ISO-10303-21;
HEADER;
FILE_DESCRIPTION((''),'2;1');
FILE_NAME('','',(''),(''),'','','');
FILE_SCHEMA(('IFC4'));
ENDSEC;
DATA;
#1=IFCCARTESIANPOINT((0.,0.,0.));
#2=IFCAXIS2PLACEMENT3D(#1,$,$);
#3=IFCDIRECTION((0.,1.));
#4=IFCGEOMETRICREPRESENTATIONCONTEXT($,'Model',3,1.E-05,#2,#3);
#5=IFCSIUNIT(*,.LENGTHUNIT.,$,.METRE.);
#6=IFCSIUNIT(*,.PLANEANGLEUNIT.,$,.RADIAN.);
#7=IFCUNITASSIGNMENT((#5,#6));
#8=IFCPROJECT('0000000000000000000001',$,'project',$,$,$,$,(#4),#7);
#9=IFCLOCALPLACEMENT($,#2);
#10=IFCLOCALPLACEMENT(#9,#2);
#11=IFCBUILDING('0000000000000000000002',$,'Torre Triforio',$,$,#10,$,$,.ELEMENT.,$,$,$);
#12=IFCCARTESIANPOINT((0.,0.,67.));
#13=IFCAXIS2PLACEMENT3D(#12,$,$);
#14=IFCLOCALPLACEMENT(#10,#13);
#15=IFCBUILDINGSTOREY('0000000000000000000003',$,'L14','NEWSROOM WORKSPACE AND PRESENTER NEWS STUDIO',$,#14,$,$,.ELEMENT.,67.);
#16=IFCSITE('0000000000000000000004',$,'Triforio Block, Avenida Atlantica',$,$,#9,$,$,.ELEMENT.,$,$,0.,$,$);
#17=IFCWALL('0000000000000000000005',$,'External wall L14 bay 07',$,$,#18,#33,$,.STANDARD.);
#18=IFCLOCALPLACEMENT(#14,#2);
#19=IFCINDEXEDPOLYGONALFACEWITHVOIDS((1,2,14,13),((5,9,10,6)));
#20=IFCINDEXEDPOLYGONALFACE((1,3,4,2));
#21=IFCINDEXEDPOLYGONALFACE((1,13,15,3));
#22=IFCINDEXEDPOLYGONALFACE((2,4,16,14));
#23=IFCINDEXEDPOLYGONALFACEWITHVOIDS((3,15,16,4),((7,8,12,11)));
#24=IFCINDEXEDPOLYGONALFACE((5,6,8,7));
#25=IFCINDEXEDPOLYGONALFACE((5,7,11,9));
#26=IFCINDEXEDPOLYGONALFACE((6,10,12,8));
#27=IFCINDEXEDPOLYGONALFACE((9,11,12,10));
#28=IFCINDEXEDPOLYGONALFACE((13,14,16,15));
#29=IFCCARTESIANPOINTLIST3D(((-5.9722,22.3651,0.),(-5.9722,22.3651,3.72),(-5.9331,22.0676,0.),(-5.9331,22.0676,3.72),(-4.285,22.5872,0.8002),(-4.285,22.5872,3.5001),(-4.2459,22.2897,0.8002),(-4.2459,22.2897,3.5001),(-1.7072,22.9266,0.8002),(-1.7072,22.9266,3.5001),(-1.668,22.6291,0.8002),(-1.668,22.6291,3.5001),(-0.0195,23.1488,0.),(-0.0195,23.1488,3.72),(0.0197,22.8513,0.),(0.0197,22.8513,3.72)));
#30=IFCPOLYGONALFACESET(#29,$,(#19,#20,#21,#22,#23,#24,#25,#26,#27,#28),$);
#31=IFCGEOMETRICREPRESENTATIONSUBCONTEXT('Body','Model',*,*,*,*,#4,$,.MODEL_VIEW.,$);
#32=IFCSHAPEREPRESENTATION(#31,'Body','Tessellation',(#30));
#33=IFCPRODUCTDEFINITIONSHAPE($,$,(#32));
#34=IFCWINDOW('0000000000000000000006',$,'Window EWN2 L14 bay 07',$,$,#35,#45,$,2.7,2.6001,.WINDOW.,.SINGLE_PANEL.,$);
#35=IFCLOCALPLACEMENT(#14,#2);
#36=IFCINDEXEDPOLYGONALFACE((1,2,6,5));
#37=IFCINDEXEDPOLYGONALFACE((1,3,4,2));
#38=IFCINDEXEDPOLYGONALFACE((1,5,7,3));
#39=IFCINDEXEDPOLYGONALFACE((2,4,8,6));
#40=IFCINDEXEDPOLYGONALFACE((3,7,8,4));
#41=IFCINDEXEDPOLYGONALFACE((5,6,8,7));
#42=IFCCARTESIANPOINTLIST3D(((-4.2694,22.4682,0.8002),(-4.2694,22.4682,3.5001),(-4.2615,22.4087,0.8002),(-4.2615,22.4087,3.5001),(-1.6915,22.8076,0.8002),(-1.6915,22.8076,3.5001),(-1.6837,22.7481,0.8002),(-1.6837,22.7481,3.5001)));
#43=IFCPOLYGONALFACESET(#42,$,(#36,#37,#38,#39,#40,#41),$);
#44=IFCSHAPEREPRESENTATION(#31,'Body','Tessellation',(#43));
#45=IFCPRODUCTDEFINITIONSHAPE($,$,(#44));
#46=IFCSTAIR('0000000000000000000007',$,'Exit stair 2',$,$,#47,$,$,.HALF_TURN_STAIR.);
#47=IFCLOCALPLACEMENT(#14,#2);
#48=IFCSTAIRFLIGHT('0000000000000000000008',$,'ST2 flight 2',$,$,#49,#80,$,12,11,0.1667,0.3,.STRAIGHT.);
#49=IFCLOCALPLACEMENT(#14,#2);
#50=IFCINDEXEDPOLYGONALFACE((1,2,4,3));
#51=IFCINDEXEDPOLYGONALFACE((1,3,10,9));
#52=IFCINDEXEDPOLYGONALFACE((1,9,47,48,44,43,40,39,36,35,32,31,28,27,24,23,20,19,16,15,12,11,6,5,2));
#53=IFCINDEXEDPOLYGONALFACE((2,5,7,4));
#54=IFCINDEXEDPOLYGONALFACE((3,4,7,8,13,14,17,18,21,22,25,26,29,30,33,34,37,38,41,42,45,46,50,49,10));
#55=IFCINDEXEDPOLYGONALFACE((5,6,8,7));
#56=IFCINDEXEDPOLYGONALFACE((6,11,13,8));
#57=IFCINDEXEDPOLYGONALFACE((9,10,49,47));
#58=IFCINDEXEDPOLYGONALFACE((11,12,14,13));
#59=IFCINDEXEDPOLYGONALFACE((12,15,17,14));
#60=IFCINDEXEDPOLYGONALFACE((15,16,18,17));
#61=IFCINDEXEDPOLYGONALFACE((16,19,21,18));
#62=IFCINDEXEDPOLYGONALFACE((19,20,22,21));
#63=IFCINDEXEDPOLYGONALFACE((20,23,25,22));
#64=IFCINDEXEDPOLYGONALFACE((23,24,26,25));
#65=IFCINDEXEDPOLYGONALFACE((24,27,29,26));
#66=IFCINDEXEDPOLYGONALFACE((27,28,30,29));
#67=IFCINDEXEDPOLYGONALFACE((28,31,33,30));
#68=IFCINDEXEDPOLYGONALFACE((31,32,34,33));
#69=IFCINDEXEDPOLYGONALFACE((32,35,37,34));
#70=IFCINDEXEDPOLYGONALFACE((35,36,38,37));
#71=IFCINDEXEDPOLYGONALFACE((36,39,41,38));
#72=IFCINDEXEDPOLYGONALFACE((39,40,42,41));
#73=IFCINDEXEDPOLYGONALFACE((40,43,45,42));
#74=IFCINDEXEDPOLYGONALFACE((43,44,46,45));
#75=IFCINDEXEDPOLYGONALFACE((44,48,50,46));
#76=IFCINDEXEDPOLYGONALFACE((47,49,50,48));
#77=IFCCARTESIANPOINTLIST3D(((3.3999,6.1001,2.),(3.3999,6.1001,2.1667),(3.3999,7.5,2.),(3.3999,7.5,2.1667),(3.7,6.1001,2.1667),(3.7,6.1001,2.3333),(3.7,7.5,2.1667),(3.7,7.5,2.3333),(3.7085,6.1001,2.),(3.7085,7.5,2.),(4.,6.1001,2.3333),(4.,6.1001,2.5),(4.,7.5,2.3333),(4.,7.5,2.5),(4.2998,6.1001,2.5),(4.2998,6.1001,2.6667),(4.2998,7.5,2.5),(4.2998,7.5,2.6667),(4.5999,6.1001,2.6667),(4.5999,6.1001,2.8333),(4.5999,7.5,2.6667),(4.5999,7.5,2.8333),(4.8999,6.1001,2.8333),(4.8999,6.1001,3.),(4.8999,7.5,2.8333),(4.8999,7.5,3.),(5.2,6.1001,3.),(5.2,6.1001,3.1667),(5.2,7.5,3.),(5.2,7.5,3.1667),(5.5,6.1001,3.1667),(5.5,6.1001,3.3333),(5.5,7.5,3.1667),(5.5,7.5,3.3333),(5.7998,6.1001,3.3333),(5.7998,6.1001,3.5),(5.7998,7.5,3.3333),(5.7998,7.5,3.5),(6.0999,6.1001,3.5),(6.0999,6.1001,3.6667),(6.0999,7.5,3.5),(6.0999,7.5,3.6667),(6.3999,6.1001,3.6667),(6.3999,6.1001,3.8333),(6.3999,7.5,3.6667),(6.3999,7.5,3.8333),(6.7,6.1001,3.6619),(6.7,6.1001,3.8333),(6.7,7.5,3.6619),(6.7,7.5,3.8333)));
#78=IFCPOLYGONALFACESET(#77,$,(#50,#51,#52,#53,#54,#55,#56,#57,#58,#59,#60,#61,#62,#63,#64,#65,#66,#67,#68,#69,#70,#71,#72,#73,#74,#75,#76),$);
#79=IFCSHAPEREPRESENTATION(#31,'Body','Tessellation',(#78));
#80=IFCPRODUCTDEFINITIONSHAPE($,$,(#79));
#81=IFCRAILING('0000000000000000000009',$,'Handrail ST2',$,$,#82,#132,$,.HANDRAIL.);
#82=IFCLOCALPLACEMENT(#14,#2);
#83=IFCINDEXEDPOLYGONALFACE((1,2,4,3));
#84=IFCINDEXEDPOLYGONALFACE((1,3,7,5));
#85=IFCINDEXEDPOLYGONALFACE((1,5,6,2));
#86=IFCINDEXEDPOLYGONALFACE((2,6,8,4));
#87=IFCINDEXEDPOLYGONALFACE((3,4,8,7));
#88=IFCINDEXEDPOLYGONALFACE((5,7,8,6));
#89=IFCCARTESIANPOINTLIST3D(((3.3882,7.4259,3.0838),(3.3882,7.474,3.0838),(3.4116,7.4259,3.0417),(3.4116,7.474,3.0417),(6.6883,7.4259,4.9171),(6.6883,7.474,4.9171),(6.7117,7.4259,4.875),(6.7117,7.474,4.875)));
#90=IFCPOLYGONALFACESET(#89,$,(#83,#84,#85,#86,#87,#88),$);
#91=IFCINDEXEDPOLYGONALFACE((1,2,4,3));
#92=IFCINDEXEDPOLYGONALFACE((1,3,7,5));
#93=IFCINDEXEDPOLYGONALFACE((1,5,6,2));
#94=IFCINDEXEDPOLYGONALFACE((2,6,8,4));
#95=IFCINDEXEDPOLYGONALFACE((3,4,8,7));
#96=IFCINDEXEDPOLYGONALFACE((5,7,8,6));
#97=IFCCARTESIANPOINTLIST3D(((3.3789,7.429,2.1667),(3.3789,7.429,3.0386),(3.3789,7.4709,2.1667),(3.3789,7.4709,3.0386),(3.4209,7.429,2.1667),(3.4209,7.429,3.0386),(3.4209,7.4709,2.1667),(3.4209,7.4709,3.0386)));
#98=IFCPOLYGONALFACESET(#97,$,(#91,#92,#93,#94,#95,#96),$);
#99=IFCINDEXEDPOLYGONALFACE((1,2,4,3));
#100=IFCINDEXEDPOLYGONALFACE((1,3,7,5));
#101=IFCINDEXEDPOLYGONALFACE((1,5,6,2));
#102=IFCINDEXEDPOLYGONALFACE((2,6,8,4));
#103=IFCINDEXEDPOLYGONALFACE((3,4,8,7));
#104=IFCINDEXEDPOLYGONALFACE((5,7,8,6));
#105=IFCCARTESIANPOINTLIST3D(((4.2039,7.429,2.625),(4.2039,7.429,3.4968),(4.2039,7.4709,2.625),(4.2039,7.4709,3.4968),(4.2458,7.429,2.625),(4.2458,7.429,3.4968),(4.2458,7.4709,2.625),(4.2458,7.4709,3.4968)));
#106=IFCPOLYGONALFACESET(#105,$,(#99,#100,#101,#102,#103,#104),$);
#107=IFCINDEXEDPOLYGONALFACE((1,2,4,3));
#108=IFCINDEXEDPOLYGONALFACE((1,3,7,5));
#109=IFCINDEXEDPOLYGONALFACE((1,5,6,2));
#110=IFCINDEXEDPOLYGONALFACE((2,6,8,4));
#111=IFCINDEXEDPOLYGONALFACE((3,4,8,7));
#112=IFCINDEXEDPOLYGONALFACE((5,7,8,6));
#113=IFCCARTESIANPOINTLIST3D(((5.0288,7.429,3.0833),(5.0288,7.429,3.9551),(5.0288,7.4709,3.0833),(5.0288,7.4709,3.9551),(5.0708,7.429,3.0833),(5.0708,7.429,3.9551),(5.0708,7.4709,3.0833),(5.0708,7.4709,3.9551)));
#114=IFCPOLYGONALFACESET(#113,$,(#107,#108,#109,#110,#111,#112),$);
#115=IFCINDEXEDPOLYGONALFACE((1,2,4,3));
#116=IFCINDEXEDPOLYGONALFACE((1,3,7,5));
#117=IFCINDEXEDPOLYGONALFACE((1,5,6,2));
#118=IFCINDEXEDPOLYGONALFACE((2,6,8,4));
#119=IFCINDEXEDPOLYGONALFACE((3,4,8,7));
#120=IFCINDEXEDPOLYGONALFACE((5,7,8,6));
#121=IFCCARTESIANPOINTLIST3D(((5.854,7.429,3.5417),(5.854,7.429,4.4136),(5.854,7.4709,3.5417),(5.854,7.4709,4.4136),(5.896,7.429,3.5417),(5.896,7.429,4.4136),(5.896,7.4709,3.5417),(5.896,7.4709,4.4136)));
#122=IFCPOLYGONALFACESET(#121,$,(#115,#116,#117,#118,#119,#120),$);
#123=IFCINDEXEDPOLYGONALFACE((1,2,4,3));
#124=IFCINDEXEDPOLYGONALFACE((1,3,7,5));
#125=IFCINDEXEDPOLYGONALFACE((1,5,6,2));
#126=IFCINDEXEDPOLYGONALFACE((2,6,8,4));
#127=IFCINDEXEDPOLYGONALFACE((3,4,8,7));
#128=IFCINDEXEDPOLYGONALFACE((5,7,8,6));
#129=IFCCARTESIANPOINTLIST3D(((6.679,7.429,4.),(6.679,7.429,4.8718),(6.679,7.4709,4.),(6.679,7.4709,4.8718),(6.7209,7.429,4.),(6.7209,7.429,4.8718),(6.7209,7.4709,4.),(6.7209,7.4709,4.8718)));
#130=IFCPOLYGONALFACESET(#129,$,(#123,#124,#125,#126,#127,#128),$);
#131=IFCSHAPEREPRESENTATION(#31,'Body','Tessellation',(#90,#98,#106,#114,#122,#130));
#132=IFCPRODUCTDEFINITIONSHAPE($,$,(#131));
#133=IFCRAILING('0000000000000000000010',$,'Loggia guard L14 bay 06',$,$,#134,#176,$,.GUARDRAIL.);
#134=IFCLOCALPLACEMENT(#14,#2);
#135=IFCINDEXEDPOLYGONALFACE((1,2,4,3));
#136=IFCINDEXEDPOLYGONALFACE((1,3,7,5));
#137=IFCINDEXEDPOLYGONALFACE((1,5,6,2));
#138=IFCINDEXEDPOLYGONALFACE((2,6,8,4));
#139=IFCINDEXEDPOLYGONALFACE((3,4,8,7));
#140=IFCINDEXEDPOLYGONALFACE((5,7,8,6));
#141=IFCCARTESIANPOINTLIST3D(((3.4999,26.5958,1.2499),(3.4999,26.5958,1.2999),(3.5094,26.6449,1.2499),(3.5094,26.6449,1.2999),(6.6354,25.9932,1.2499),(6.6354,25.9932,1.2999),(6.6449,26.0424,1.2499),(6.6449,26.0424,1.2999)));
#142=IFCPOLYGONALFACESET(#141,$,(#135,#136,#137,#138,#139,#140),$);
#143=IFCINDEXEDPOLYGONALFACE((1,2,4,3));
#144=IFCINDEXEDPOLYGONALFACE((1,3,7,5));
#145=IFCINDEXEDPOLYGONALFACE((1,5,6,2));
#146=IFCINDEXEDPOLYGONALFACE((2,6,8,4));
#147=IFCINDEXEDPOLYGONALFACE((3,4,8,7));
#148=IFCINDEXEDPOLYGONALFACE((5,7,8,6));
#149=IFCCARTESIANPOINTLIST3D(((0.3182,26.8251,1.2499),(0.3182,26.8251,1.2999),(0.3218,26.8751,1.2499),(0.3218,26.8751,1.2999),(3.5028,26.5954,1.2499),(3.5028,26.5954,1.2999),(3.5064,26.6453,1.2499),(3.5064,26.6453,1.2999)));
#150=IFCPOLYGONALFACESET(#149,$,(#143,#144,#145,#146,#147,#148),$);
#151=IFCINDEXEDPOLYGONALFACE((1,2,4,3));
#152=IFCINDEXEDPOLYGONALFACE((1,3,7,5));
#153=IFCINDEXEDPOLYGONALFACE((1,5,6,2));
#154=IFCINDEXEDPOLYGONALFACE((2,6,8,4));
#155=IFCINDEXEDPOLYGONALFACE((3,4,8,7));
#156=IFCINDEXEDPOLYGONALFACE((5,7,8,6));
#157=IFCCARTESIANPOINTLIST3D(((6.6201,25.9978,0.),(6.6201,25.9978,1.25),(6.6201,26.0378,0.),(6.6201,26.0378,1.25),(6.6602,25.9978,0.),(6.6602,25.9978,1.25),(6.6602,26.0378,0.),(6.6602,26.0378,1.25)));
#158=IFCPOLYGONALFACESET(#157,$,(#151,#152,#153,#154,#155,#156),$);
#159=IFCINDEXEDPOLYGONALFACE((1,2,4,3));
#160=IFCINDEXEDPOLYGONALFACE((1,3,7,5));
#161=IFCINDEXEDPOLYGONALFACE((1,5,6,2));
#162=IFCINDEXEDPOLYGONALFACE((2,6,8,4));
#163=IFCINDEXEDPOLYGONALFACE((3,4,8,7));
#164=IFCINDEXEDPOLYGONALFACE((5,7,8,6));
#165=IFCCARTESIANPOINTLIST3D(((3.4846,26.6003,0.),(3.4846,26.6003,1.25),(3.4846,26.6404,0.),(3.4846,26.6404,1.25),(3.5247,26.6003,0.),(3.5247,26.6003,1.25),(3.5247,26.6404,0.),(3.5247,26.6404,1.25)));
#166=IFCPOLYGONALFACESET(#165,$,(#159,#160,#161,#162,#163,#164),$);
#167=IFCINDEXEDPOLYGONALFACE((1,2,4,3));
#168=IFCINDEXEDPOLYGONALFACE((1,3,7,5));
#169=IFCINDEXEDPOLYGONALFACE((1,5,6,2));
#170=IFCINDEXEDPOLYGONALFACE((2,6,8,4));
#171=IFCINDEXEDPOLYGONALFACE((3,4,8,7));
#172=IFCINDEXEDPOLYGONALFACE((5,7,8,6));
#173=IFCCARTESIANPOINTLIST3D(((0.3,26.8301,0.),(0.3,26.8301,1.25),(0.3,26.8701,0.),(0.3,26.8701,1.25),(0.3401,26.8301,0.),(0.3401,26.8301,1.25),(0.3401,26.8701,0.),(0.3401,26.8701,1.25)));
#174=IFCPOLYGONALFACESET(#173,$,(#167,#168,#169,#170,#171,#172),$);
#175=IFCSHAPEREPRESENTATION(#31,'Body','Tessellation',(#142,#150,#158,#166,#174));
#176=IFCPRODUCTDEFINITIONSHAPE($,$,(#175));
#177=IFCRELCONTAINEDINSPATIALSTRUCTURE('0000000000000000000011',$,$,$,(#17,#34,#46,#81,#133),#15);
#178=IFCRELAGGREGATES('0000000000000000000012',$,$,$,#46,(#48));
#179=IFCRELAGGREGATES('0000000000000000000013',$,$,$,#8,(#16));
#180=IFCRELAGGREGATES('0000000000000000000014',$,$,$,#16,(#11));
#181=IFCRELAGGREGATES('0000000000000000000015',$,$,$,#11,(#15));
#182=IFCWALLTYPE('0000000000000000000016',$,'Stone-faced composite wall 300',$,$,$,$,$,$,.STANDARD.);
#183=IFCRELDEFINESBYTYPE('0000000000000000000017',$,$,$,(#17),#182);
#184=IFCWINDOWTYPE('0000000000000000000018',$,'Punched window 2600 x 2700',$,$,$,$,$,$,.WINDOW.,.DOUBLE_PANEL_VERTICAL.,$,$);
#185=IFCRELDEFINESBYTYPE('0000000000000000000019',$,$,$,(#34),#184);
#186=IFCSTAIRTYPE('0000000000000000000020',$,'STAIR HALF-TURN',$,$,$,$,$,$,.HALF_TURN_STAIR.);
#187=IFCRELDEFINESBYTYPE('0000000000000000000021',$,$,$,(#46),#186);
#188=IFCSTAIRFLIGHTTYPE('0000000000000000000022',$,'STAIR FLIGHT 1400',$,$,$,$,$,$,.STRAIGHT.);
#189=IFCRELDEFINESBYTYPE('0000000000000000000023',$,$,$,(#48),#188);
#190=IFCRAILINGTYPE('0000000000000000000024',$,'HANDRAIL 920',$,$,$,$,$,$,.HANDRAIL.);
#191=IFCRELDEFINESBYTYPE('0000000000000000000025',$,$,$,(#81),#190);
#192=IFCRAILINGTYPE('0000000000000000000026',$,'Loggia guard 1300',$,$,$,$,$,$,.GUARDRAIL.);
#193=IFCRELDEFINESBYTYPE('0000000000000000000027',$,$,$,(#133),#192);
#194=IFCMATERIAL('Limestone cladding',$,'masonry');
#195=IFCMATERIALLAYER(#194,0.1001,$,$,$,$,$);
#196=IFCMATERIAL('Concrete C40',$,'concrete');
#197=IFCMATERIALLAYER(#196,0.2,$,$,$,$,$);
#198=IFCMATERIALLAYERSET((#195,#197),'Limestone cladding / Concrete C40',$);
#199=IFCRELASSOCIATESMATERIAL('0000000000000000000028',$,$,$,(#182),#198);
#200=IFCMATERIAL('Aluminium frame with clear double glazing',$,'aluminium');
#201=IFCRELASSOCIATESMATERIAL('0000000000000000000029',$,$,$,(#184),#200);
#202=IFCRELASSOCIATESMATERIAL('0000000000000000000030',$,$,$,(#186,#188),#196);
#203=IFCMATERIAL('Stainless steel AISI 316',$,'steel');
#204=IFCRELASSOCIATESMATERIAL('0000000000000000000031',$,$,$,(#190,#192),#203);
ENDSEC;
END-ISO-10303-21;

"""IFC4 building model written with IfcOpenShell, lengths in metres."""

from ifc_helpers import new_model, si_unit, direction, frame, frame_2d, origin, origin_2d, place, context, subcontext, project, spatial, polyline, rectangle, outline, extrude, material, layer, layer_set, type_object, element, fill, aggregate, save


model = new_model("IFC4")

# Units and contexts
model_context = context("Model", 3, precision=1e-05, world=origin(), true_north=direction((0.0, 1.0)))
body_context = subcontext(model_context, "Body", "Model", "MODEL_VIEW")
ifc_project = project(units=[si_unit("LENGTHUNIT", "METRE"), si_unit("PLANEANGLEUNIT", "RADIAN")], contexts=[model_context])

# Site, building, storey
site_placement = place(None, origin())
site = spatial("IfcSite", under=ifc_project, at=site_placement, Name="Triforio Block, Avenida Atlantica", CompositionType="ELEMENT", RefElevation=0.0)
building_placement = place(site_placement, origin())
building = spatial("IfcBuilding", under=site, at=building_placement, Name="Torre Triforio", CompositionType="ELEMENT")
storey_placement = place(building_placement, frame((0.0, 0.0, 67.0)))
storey = spatial("IfcBuildingStorey", under=building, at=storey_placement, Name="L14", Description="NEWSROOM WORKSPACE AND PRESENTER NEWS STUDIO", CompositionType="ELEMENT", Elevation=67.0)

# Shared definitions
ifc_material_1 = material(Name="Limestone cladding", Category="masonry")
ifc_layer_1 = layer(ifc_material_1, 0.1001)
ifc_material_2 = material(Name="Concrete C40", Category="concrete")
ifc_layer_2 = layer(ifc_material_2, 0.2)
ifc_layer_set_1 = layer_set([ifc_layer_1, ifc_layer_2], Name="Limestone cladding / Concrete C40")
wall_type_1 = type_object("IfcWallType", Name="Stone-faced composite wall 300", PredefinedType="STANDARD", material=ifc_layer_set_1)
ifc_material_3 = material(Name="Aluminium frame with clear double glazing", Category="aluminium")

# Wall, opening, window
wall_1_placement = place(storey_placement, frame((0.0, 23.0, 0.0), z_axis=(0.0, 0.0, 1.0), x_axis=(-0.991445, -0.130523, 0.0)))
wall_1 = element("IfcWall", 1, at=wall_1_placement, inside=storey, type_object=wall_type_1, Name="External wall L14 bay 07", PredefinedType="STANDARD", context=body_context, shape_type="SweptSolid", body=[
    extrude(rectangle(XDim=6.0042, YDim=0.3, at=frame_2d((3.002, 0.0))), origin(), (0.0, 0.0, 1.0), 3.72),
])
opening_1_placement = place(wall_1_placement, frame((1.7021, 0.0, 0.8)))
opening_1 = element("IfcOpeningElement", 2, at=opening_1_placement, cuts=wall_1, PredefinedType="OPENING", context=body_context, shape_type="SweptSolid", body=[
    extrude(rectangle(XDim=2.6001, YDim=2.7, at=frame_2d((1.3, 1.3501))), frame((0.0, 0.1599, 0.0), z_axis=(0.0, -1.0, 0.0), x_axis=(1.0, 0.0, 0.0)), (0.0, 0.0, 1.0), 0.3201),
])
window_type_1 = type_object("IfcWindowType", Name="Punched window 2600 x 2700", PartitioningType="DOUBLE_PANEL_VERTICAL", PredefinedType="WINDOW", material=ifc_material_3)
window_1_placement = place(opening_1_placement, origin())
window_1 = element("IfcWindow", 3, at=window_1_placement, inside=storey, type_object=window_type_1, Name="Window EWN2 L14 bay 07", OverallHeight=2.7, OverallWidth=2.6001, PartitioningType="SINGLE_PANEL", PredefinedType="WINDOW", context=body_context, shape_type="SweptSolid", body=[
    extrude(rectangle(XDim=2.6001, YDim=2.7, at=frame_2d((1.3, 1.3501))), frame((0.0, 0.03, 0.0), z_axis=(0.0, -1.0, 0.0), x_axis=(1.0, 0.0, 0.0)), (0.0, 0.0, 1.0), 0.0601),
])
fill(opening_1, window_1)

# Stair, stair flight
stair_type = type_object("IfcStairType", Name="STAIR HALF-TURN", PredefinedType="HALF_TURN_STAIR", material=ifc_material_2)
stair_placement = place(storey_placement, origin())
stair = element("IfcStair", 4, at=stair_placement, inside=storey, type_object=stair_type, Name="Exit stair 2", PredefinedType="HALF_TURN_STAIR")
stair_flight_type = type_object("IfcStairFlightType", Name="STAIR FLIGHT 1400", PredefinedType="STRAIGHT", material=ifc_material_2)
stair_flight_placement = place(storey_placement, frame((3.3999, 6.8, 2.0), z_axis=(0.0, 0.0, 1.0), x_axis=(1.0, 0.0, 0.0)))
stair_flight = element("IfcStairFlight", 5, at=stair_flight_placement, type_object=stair_flight_type, Name="ST2 flight 2", NumberOfRisers=12, NumberOfTreads=11, PredefinedType="STRAIGHT", RiserHeight=0.1667, TreadLength=0.3, context=body_context, shape_type="SweptSolid", body=[
    extrude(outline(polyline([(0.0, 0.0), (0.0, 0.1667), (0.3, 0.1667), (0.3, 0.3333), (0.6001, 0.3333), (0.6001, 0.5), (0.8999, 0.5), (0.8999, 0.6667), (1.2, 0.6667), (1.2, 0.8333), (1.5, 0.8333), (1.5, 1.0), (1.8, 1.0), (1.8, 1.1667), (2.1001, 1.1667), (2.1001, 1.3333), (2.3999, 1.3333), (2.3999, 1.5), (2.7, 1.5), (2.7, 1.6667), (3.0, 1.6667), (3.0, 1.8333), (3.3, 1.8333), (3.3, 2.0), (3.3, 1.6619), (0.3086, 0.0), (0.0, 0.0)])), frame((0.0, 0.7, 0.0), z_axis=(0.0, -1.0, 0.0), x_axis=(1.0, 0.0, 0.0)), (0.0, 0.0, 1.0), 1.3999),
])
aggregate(stair, [stair_flight])

# Railings
ifc_material_4 = material(Name="Stainless steel AISI 316", Category="steel")
railing_type_1 = type_object("IfcRailingType", Name="HANDRAIL 920", PredefinedType="HANDRAIL", material=ifc_material_4)
railing_1_placement = place(storey_placement, frame((3.3999, 7.45, 2.1667)))
element("IfcRailing", 6, at=railing_1_placement, inside=storey, type_object=railing_type_1, Name="Handrail ST2", PredefinedType="HANDRAIL", context=body_context, shape_type="SweptSolid", body=[
    extrude(rectangle(XDim=0.0481, YDim=0.0481, at=origin_2d()), frame((0.0, 0.0, 0.896), z_axis=(0.874169, 0.0, 0.485621), x_axis=(0.0, 1.0, 0.0)), (0.0, 0.0, 1.0), 3.7751),
    extrude(rectangle(XDim=0.042, YDim=0.042, at=origin_2d()), origin(), (0.0, 0.0, 1.0), 0.8718),
    extrude(rectangle(XDim=0.042, YDim=0.042, at=origin_2d()), frame((0.825, 0.0, 0.4583)), (0.0, 0.0, 1.0), 0.8718),
    extrude(rectangle(XDim=0.042, YDim=0.042, at=origin_2d()), frame((1.6499, 0.0, 0.9165)), (0.0, 0.0, 1.0), 0.8718),
    extrude(rectangle(XDim=0.042, YDim=0.042, at=origin_2d()), frame((2.4751, 0.0, 1.375)), (0.0, 0.0, 1.0), 0.8718),
    extrude(rectangle(XDim=0.042, YDim=0.042, at=origin_2d()), frame((3.3, 0.0, 1.8333)), (0.0, 0.0, 1.0), 0.8718),
])
railing_type_2 = type_object("IfcRailingType", Name="Loggia guard 1300", PredefinedType="GUARDRAIL", material=ifc_material_4)
railing_2_placement = place(storey_placement, frame((6.6401, 26.0178, 0.0)))
element("IfcRailing", 7, at=railing_2_placement, inside=storey, type_object=railing_type_2, Name="Loggia guard L14 bay 06", PredefinedType="GUARDRAIL", context=body_context, shape_type="SweptSolid", body=[
    extrude(rectangle(XDim=0.05, YDim=0.05, at=origin_2d()), frame((0.0, 0.0, 1.2749), z_axis=(-0.982032, 0.188714, 0.0), x_axis=(-0.188714, -0.982032, 0.0)), (0.0, 0.0, 1.0), 3.1929),
    extrude(rectangle(XDim=0.05, YDim=0.05, at=origin_2d()), frame((-3.1355, 0.6025, 1.2749), z_axis=(-0.997408, 0.071953, 0.0), x_axis=(-0.071953, -0.997408, 0.0)), (0.0, 0.0, 1.0), 3.1929),
    extrude(rectangle(XDim=0.04, YDim=0.04, at=origin_2d()), origin(), (0.0, 0.0, 1.0), 1.25),
    extrude(rectangle(XDim=0.04, YDim=0.04, at=origin_2d()), frame((-3.1355, 0.6025, 0.0)), (0.0, 0.0, 1.0), 1.25),
    extrude(rectangle(XDim=0.04, YDim=0.04, at=origin_2d()), frame((-6.3201, 0.8323, 0.0)), (0.0, 0.0, 1.0), 1.25),
])

save(model, "model.ifc")
